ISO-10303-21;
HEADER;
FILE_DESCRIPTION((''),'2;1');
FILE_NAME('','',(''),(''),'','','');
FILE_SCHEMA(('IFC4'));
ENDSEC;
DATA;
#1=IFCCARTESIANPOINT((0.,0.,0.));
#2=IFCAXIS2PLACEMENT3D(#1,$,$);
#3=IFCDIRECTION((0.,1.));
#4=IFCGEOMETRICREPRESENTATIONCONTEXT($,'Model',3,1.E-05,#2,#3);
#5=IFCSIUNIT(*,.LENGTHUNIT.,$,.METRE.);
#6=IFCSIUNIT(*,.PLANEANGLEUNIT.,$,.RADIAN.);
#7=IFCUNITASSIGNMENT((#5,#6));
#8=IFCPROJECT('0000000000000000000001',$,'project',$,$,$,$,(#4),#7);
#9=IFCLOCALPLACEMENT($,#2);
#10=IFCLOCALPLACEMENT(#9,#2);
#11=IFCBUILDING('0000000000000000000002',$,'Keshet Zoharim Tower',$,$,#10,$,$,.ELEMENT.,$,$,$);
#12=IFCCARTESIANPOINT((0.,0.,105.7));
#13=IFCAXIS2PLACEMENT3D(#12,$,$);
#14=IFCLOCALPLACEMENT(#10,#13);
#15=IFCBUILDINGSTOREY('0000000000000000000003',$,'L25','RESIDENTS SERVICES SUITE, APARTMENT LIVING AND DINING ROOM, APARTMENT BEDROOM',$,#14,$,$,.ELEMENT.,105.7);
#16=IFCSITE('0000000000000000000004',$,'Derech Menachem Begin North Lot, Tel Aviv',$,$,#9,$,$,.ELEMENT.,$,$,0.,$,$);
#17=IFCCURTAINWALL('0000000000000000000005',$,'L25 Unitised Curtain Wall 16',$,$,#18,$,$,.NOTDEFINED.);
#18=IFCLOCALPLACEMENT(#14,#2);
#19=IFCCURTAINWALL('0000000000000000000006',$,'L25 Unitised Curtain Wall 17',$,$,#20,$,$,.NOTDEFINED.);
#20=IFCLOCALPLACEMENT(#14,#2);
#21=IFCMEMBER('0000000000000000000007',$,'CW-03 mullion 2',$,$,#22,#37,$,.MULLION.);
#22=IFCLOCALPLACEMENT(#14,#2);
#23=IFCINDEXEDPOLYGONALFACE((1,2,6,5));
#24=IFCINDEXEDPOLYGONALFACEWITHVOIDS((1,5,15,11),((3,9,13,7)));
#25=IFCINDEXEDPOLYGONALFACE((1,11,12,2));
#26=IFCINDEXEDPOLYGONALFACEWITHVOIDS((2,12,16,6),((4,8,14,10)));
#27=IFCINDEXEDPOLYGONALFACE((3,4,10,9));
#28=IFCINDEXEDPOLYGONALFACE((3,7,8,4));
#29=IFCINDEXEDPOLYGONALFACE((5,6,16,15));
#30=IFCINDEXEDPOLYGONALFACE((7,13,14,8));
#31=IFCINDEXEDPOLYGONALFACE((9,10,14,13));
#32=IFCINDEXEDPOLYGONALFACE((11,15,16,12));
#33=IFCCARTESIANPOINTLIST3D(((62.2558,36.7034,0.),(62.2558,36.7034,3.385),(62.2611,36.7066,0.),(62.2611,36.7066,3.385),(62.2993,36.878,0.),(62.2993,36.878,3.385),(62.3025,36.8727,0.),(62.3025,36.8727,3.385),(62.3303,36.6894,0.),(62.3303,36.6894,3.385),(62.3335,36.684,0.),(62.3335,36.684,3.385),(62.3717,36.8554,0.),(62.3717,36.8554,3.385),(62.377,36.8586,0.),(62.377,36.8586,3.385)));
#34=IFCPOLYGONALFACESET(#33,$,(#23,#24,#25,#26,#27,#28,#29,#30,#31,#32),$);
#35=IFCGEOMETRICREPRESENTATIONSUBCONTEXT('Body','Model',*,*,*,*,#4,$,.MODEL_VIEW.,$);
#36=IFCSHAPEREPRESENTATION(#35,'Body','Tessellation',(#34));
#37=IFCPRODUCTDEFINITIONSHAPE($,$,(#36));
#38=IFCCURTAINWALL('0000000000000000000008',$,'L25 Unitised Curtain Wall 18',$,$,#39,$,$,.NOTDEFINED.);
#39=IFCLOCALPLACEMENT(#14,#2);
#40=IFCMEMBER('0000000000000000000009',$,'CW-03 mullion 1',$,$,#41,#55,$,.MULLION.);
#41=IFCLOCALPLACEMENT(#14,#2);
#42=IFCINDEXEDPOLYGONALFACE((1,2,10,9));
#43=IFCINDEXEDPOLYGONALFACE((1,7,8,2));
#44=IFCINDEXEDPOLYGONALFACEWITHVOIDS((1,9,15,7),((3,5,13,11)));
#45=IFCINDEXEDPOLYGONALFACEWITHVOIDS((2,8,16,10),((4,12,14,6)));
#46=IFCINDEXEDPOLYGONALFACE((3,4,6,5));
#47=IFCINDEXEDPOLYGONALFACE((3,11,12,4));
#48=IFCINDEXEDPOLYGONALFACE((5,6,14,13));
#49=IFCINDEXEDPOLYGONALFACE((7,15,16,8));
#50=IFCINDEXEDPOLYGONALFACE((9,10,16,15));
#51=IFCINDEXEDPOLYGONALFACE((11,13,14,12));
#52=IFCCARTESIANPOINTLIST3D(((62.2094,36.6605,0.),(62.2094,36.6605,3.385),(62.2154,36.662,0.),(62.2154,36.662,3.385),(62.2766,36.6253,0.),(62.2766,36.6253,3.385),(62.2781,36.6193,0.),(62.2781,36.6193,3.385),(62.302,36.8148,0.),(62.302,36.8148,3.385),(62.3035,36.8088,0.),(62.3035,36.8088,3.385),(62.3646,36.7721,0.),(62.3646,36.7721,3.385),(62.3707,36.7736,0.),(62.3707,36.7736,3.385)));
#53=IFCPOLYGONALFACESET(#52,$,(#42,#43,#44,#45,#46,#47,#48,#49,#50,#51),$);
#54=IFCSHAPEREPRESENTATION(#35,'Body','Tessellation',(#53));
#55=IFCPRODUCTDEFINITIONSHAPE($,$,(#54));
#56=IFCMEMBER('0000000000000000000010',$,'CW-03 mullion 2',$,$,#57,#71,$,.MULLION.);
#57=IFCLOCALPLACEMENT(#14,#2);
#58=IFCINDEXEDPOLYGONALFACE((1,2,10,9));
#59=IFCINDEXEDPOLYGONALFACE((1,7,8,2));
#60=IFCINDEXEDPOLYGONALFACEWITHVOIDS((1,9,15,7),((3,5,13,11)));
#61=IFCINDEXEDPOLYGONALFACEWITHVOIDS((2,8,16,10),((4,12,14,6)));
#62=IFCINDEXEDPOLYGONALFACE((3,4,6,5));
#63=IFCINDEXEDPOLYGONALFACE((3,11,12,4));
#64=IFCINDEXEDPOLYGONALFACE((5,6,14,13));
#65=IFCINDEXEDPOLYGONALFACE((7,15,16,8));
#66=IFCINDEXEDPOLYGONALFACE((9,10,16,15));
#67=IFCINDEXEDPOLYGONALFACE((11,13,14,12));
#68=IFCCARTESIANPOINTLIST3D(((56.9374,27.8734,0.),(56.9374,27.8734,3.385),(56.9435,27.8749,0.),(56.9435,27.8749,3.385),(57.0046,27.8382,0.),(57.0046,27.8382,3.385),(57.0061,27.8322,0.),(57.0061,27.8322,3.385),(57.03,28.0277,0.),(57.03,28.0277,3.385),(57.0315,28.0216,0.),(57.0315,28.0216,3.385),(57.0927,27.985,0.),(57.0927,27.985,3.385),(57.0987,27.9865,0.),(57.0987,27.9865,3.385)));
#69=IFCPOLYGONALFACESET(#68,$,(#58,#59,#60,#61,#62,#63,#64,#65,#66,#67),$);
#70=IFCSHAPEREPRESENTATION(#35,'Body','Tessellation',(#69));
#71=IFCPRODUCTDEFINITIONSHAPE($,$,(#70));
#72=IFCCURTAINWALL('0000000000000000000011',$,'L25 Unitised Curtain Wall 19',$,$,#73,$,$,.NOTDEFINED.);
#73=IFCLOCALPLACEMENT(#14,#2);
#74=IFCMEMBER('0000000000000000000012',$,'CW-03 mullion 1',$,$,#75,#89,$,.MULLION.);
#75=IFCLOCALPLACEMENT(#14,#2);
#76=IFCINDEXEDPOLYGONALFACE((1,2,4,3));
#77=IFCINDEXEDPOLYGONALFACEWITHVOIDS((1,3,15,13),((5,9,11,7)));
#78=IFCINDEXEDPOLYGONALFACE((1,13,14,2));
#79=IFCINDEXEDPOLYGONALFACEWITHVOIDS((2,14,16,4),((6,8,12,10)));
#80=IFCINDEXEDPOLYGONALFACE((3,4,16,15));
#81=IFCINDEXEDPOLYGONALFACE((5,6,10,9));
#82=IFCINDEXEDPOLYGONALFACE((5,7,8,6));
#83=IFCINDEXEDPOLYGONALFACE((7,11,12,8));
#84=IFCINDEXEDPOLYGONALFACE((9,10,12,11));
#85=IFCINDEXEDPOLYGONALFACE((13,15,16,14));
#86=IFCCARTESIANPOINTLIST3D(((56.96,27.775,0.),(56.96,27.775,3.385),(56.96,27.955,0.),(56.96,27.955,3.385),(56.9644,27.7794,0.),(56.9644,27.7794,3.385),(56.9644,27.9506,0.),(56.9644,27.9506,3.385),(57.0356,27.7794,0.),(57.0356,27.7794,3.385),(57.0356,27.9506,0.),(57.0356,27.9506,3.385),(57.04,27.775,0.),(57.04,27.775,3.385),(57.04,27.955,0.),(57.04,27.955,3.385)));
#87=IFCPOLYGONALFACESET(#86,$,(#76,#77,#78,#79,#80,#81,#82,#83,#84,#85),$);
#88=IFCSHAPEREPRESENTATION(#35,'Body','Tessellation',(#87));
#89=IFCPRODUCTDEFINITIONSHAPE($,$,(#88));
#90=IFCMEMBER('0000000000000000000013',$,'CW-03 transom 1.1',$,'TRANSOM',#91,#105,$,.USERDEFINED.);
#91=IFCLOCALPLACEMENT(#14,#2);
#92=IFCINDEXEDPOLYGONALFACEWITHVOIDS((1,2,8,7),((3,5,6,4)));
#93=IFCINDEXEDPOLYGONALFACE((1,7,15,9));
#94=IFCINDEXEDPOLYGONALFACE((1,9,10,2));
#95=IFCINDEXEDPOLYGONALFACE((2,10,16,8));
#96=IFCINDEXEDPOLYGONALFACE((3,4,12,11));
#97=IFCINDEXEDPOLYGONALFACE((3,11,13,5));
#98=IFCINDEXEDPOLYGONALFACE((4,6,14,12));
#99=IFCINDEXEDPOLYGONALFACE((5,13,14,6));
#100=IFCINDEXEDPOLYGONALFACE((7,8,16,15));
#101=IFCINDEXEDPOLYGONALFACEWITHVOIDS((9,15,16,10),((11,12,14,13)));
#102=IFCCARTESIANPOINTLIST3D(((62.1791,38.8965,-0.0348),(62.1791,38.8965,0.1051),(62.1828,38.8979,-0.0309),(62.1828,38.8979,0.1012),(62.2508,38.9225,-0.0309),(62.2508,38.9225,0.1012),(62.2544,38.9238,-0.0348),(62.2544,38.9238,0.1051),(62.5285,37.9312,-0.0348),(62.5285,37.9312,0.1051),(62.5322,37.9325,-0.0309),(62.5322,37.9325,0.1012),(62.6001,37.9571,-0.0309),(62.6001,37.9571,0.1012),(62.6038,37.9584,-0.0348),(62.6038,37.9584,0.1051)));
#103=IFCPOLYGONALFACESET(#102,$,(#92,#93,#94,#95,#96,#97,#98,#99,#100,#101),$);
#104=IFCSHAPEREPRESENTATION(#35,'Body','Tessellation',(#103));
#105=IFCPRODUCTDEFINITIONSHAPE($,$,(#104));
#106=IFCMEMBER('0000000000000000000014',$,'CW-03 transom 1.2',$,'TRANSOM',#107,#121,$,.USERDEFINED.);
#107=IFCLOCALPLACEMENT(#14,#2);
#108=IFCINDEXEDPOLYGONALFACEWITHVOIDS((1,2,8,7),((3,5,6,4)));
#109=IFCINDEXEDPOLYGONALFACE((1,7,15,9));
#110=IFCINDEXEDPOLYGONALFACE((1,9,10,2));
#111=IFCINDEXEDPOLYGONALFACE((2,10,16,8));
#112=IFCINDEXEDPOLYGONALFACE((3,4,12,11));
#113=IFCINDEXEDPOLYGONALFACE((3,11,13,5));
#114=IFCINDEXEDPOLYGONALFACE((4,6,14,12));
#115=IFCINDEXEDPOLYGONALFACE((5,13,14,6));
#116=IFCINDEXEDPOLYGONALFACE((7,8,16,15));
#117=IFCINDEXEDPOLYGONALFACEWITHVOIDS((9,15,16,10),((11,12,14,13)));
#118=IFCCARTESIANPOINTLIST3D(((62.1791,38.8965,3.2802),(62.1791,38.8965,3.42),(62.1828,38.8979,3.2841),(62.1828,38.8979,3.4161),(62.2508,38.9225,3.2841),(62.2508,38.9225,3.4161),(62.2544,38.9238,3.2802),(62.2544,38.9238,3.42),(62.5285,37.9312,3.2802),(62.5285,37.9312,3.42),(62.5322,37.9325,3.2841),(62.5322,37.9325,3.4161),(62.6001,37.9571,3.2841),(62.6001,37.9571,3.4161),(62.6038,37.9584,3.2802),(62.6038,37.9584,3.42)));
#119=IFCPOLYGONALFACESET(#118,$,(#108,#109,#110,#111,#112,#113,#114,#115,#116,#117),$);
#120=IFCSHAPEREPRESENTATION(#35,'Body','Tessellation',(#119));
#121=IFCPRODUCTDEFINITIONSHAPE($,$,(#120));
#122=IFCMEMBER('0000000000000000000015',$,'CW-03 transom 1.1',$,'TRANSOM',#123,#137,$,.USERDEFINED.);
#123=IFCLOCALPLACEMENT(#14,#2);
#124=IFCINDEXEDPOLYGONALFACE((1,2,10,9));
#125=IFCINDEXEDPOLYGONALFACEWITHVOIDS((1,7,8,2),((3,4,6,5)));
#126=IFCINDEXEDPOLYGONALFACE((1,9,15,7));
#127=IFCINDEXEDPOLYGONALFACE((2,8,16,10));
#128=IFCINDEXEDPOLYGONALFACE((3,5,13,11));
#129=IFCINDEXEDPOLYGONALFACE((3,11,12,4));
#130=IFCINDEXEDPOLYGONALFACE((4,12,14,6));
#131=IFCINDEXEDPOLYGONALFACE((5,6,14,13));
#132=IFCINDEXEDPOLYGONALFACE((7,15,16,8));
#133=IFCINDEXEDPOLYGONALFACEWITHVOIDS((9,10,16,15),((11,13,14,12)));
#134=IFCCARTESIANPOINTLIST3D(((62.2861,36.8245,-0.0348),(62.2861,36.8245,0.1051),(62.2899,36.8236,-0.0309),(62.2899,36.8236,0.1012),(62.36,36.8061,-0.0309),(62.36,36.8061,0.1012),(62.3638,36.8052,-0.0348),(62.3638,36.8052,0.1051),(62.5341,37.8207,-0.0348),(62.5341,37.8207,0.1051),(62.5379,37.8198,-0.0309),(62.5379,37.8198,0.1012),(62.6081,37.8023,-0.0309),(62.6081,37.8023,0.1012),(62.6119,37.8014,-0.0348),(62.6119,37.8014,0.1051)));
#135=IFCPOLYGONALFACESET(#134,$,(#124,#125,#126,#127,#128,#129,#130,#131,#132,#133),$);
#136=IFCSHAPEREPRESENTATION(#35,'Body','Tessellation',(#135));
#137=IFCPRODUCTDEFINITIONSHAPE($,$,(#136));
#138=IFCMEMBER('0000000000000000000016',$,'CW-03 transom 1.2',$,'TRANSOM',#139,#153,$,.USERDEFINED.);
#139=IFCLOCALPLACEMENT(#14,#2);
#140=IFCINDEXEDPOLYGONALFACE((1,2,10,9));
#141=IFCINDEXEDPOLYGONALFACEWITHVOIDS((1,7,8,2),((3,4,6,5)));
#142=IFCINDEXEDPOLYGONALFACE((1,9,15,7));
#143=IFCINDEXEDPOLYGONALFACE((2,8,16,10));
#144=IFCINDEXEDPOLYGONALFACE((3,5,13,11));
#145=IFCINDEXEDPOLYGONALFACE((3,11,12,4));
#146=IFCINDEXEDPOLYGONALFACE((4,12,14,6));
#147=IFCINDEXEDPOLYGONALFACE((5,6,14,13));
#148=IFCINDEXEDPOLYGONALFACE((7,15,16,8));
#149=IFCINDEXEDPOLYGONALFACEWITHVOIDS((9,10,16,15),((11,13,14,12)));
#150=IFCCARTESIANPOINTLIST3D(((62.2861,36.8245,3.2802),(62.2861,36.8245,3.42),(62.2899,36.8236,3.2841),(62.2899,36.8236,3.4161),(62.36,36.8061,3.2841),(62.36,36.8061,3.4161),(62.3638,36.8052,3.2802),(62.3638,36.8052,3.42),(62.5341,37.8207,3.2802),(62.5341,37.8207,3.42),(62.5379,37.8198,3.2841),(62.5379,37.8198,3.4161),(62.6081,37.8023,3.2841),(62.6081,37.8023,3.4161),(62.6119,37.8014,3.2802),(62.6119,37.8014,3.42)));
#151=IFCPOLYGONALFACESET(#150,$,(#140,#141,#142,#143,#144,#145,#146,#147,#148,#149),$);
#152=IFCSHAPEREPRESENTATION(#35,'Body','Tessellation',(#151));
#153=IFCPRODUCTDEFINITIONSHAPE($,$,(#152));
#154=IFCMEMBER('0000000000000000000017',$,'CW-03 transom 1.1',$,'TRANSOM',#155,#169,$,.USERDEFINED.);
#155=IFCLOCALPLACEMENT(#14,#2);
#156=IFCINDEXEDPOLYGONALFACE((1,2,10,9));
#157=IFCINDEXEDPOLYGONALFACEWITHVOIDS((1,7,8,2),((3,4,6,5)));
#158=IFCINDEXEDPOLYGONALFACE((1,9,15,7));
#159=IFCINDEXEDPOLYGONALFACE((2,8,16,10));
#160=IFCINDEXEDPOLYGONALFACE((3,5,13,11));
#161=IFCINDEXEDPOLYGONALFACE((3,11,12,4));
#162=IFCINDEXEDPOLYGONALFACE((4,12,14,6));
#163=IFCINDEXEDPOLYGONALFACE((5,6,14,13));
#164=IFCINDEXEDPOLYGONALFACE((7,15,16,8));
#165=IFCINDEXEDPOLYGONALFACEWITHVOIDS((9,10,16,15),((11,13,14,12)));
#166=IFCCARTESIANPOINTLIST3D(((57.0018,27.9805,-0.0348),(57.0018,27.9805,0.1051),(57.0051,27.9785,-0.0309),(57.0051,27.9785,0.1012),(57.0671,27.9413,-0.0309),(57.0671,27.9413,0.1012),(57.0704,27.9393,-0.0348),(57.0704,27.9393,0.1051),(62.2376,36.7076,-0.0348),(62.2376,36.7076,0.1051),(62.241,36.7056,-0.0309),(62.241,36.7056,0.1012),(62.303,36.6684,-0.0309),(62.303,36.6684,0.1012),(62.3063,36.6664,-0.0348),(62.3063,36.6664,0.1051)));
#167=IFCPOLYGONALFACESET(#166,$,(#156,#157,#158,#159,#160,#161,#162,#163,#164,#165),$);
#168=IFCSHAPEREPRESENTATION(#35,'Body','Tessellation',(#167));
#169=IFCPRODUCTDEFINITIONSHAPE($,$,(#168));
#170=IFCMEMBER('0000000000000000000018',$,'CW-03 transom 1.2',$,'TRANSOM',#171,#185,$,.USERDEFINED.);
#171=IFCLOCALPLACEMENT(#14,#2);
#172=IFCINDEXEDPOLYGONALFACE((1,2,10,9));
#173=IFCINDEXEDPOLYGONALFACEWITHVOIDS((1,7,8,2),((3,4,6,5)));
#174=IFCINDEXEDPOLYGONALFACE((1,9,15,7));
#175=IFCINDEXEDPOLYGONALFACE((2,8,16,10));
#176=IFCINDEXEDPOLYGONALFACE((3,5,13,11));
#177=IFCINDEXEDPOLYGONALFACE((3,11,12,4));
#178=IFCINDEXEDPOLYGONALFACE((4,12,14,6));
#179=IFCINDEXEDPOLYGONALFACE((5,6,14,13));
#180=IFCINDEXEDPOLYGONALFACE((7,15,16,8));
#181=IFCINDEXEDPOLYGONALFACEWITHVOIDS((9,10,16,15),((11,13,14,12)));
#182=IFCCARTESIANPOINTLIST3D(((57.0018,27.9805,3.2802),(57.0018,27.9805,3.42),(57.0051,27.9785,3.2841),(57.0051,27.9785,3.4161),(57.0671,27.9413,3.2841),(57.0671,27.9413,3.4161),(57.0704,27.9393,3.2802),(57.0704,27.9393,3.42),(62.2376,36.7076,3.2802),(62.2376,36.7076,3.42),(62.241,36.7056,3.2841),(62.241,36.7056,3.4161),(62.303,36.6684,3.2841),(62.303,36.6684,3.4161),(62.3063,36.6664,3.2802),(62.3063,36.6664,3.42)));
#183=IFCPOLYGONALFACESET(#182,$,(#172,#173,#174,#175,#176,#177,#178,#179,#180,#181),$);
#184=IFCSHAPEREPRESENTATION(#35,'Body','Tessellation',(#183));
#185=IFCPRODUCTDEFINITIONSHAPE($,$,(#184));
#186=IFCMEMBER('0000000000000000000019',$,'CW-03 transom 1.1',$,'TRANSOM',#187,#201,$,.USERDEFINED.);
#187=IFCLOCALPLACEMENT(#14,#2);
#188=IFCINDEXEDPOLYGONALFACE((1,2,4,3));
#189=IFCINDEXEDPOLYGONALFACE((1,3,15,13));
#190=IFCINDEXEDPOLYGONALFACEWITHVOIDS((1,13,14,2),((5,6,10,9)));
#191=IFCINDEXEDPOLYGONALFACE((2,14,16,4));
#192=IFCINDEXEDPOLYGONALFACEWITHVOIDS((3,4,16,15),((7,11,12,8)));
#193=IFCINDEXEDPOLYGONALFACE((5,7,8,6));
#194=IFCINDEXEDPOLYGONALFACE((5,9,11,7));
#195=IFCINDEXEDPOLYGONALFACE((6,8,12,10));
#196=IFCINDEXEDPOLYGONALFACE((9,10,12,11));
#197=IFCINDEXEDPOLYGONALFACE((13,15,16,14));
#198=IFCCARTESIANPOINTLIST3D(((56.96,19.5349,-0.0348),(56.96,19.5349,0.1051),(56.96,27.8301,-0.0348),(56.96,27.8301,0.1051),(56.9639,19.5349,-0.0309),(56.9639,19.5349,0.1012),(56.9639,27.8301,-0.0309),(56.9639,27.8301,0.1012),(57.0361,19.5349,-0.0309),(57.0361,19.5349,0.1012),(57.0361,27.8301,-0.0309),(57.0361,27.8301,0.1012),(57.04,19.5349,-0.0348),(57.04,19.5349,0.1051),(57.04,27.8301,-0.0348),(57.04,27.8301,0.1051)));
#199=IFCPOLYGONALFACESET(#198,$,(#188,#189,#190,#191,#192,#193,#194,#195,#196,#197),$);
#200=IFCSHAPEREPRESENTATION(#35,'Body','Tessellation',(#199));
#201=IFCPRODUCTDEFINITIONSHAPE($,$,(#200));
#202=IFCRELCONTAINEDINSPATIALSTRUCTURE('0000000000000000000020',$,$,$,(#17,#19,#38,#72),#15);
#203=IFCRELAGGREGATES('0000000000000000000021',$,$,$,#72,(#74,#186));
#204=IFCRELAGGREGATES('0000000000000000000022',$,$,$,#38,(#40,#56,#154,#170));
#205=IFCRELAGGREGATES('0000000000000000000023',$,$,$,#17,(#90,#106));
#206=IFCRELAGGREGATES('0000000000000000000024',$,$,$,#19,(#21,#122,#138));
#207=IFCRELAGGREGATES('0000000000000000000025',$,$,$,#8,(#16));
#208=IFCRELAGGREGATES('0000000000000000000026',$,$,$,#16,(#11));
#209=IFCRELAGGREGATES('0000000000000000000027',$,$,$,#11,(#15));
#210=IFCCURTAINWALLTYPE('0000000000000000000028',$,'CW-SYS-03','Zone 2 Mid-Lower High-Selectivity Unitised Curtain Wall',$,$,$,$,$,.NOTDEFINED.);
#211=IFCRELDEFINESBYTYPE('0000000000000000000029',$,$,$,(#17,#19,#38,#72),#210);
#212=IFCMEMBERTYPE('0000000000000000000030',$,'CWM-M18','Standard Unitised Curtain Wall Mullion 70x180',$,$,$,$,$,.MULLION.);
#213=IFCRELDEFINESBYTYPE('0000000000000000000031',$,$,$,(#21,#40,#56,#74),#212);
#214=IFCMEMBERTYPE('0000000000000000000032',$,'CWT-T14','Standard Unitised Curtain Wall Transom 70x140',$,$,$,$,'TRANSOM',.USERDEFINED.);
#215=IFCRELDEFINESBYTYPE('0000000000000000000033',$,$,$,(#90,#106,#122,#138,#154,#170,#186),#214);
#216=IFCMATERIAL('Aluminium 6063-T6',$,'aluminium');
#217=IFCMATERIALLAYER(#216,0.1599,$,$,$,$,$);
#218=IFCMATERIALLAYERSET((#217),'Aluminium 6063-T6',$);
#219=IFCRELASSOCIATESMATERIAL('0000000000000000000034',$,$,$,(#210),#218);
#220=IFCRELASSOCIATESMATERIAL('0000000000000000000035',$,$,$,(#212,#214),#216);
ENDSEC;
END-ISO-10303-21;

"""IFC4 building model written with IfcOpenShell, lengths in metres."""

from ifc_helpers import new_model, si_unit, direction, frame, origin, origin_2d, place, context, subcontext, project, spatial, hollow_rectangle, extrude, material, layer, layer_set, material_profile, profile_set, type_object, element, aggregate, save


model = new_model("IFC4")

# Units and contexts
model_context = context("Model", 3, precision=1e-05, world=origin(), true_north=direction((0.0, 1.0)))
body_context = subcontext(model_context, "Body", "Model", "MODEL_VIEW")
ifc_project = project(units=[si_unit("LENGTHUNIT", "METRE"), si_unit("PLANEANGLEUNIT", "RADIAN")], contexts=[model_context])

# Site, building, storey
site_placement = place(None, origin())
site = spatial("IfcSite", under=ifc_project, at=site_placement, Name="Derech Menachem Begin North Lot, Tel Aviv", CompositionType="ELEMENT", RefElevation=0.0)
building_placement = place(site_placement, origin())
building = spatial("IfcBuilding", under=site, at=building_placement, Name="Keshet Zoharim Tower", CompositionType="ELEMENT")
storey_placement = place(building_placement, frame((0.0, 0.0, 105.7)))
storey = spatial("IfcBuildingStorey", under=building, at=storey_placement, Name="L25", Description="RESIDENTS SERVICES SUITE, APARTMENT LIVING AND DINING ROOM, APARTMENT BEDROOM", CompositionType="ELEMENT", Elevation=105.7)

# Shared definitions
ifc_material_1 = material(Name="Aluminium 6063-T6", Category="aluminium")
ifc_layer_1 = layer(ifc_material_1, 0.1599)
ifc_layer_set_1 = layer_set([ifc_layer_1], Name="Aluminium 6063-T6")
curtain_wall_type = type_object("IfcCurtainWallType", Name="CW-SYS-03", Description="Zone 2 Mid-Lower High-Selectivity Unitised Curtain Wall", PredefinedType="NOTDEFINED", material=ifc_layer_set_1)
ifc_material_profile_1 = material_profile(ifc_material_1, hollow_rectangle(XDim=0.0801, YDim=0.1799, WallThickness=0.0044, at=origin_2d()), Name="MUL-80x180")
ifc_profile_set_1 = profile_set([ifc_material_profile_1], Name="Aluminium 6063-T6")
member_type_1 = type_object("IfcMemberType", Name="CWM-M18", Description="Standard Unitised Curtain Wall Mullion 70x180", PredefinedType="MULLION", material=ifc_profile_set_1)

# Curtain walls, members
curtain_wall_1_placement = place(storey_placement, origin())
curtain_wall_1 = element("IfcCurtainWall", 1, at=curtain_wall_1_placement, inside=storey, type_object=curtain_wall_type, Name="L25 Unitised Curtain Wall 16", PredefinedType="NOTDEFINED")
curtain_wall_2_placement = place(storey_placement, origin())
curtain_wall_2 = element("IfcCurtainWall", 2, at=curtain_wall_2_placement, inside=storey, type_object=curtain_wall_type, Name="L25 Unitised Curtain Wall 17", PredefinedType="NOTDEFINED")
member_1_placement = place(storey_placement, frame((62.3164, 36.781, 0.0), z_axis=(0.0, 0.0, 1.0), x_axis=(0.970344, -0.241729, 0.0)))
member_1 = element("IfcMember", 3, at=member_1_placement, type_object=member_type_1, Name="CW-03 mullion 2", PredefinedType="MULLION", context=body_context, shape_type="SweptSolid", body=[
    extrude(hollow_rectangle(XDim=0.0801, YDim=0.1799, WallThickness=0.0044, at=origin_2d()), origin(), (0.0, 0.0, 1.0), 3.385),
])
curtain_wall_3_placement = place(storey_placement, origin())
curtain_wall_3 = element("IfcCurtainWall", 4, at=curtain_wall_3_placement, inside=storey, type_object=curtain_wall_type, Name="L25 Unitised Curtain Wall 18", PredefinedType="NOTDEFINED")
member_2_placement = place(storey_placement, frame((62.29, 36.717, 0.0), z_axis=(0.0, 0.0, 1.0), x_axis=(0.857501, -0.514482, 0.0)))
member_2 = element("IfcMember", 5, at=member_2_placement, type_object=member_type_1, Name="CW-03 mullion 1", PredefinedType="MULLION", context=body_context, shape_type="SweptSolid", body=[
    extrude(hollow_rectangle(XDim=0.0801, YDim=0.1799, WallThickness=0.0044, at=origin_2d()), origin(), (0.0, 0.0, 1.0), 3.385),
])
member_3_placement = place(storey_placement, frame((57.0181, 27.9299, 0.0), z_axis=(0.0, 0.0, 1.0), x_axis=(0.857501, -0.514482, 0.0)))
member_3 = element("IfcMember", 6, at=member_3_placement, type_object=member_type_1, Name="CW-03 mullion 2", PredefinedType="MULLION", context=body_context, shape_type="SweptSolid", body=[
    extrude(hollow_rectangle(XDim=0.0801, YDim=0.1799, WallThickness=0.0044, at=origin_2d()), origin(), (0.0, 0.0, 1.0), 3.385),
])

# Curtain wall, member
curtain_wall_4_placement = place(storey_placement, origin())
curtain_wall_4 = element("IfcCurtainWall", 7, at=curtain_wall_4_placement, inside=storey, type_object=curtain_wall_type, Name="L25 Unitised Curtain Wall 19", PredefinedType="NOTDEFINED")
member_4_placement = place(storey_placement, frame((57.0, 27.865, 0.0), z_axis=(0.0, 0.0, 1.0), x_axis=(1.0, 0.0, 0.0)))
member_4 = element("IfcMember", 8, at=member_4_placement, type_object=member_type_1, Name="CW-03 mullion 1", PredefinedType="MULLION", context=body_context, shape_type="SweptSolid", body=[
    extrude(hollow_rectangle(XDim=0.0801, YDim=0.1799, WallThickness=0.0044, at=origin_2d()), origin(), (0.0, 0.0, 1.0), 3.385),
])

# Members
ifc_material_profile_2 = material_profile(ifc_material_1, hollow_rectangle(XDim=0.0801, YDim=0.1399, WallThickness=0.0039, at=origin_2d()), Name="TRN-80x140")
ifc_profile_set_2 = profile_set([ifc_material_profile_2], Name="Aluminium 6063-T6")
member_type_2 = type_object("IfcMemberType", Name="CWT-T14", Description="Standard Unitised Curtain Wall Transom 70x140", ElementType="TRANSOM", PredefinedType="USERDEFINED", material=ifc_profile_set_2)
member_5_placement = place(storey_placement, frame((62.2168, 38.9102, 0.0352), z_axis=(0.340311, -0.940313, 0.0), x_axis=(0.940313, 0.340311, 0.0)))
member_5 = element("IfcMember", 9, at=member_5_placement, type_object=member_type_2, Name="CW-03 transom 1.1", ObjectType="TRANSOM", PredefinedType="USERDEFINED", context=body_context, shape_type="SweptSolid", body=[
    extrude(hollow_rectangle(XDim=0.0801, YDim=0.1399, WallThickness=0.0039, at=origin_2d()), origin(), (0.0, 0.0, 1.0), 1.0266),
])
member_6_placement = place(storey_placement, frame((62.2168, 38.9102, 3.3501), z_axis=(0.340311, -0.940313, 0.0), x_axis=(0.940313, 0.340311, 0.0)))
member_6 = element("IfcMember", 10, at=member_6_placement, type_object=member_type_2, Name="CW-03 transom 1.2", ObjectType="TRANSOM", PredefinedType="USERDEFINED", context=body_context, shape_type="SweptSolid", body=[
    extrude(hollow_rectangle(XDim=0.0801, YDim=0.1399, WallThickness=0.0039, at=origin_2d()), origin(), (0.0, 0.0, 1.0), 1.0266),
])
member_7_placement = place(storey_placement, frame((62.573, 37.811, 0.0352), z_axis=(-0.24164, -0.970366, 0.0), x_axis=(0.970366, -0.24164, 0.0)))
member_7 = element("IfcMember", 11, at=member_7_placement, type_object=member_type_2, Name="CW-03 transom 1.1", ObjectType="TRANSOM", PredefinedType="USERDEFINED", context=body_context, shape_type="SweptSolid", body=[
    extrude(hollow_rectangle(XDim=0.0801, YDim=0.1399, WallThickness=0.0039, at=origin_2d()), origin(), (0.0, 0.0, 1.0), 1.0266),
])
member_8_placement = place(storey_placement, frame((62.573, 37.811, 3.3501), z_axis=(-0.24164, -0.970366, 0.0), x_axis=(0.970366, -0.24164, 0.0)))
member_8 = element("IfcMember", 12, at=member_8_placement, type_object=member_type_2, Name="CW-03 transom 1.2", ObjectType="TRANSOM", PredefinedType="USERDEFINED", context=body_context, shape_type="SweptSolid", body=[
    extrude(hollow_rectangle(XDim=0.0801, YDim=0.1399, WallThickness=0.0039, at=origin_2d()), origin(), (0.0, 0.0, 1.0), 1.0266),
])
member_9_placement = place(storey_placement, frame((62.272, 36.687, 0.0352), z_axis=(-0.514468, -0.85751, 0.0), x_axis=(0.85751, -0.514468, 0.0)))
member_9 = element("IfcMember", 13, at=member_9_placement, type_object=member_type_2, Name="CW-03 transom 1.1", ObjectType="TRANSOM", PredefinedType="USERDEFINED", context=body_context, shape_type="SweptSolid", body=[
    extrude(hollow_rectangle(XDim=0.0801, YDim=0.1399, WallThickness=0.0039, at=origin_2d()), origin(), (0.0, 0.0, 1.0), 10.1772),
])
member_10_placement = place(storey_placement, frame((62.272, 36.687, 3.3501), z_axis=(-0.514468, -0.85751, 0.0), x_axis=(0.85751, -0.514468, 0.0)))
member_10 = element("IfcMember", 14, at=member_10_placement, type_object=member_type_2, Name="CW-03 transom 1.2", ObjectType="TRANSOM", PredefinedType="USERDEFINED", context=body_context, shape_type="SweptSolid", body=[
    extrude(hollow_rectangle(XDim=0.0801, YDim=0.1399, WallThickness=0.0039, at=origin_2d()), origin(), (0.0, 0.0, 1.0), 10.1772),
])
member_11_placement = place(storey_placement, frame((57.0, 27.8301, 0.0352), z_axis=(0.0, -1.0, 0.0), x_axis=(1.0, 0.0, 0.0)))
member_11 = element("IfcMember", 15, at=member_11_placement, type_object=member_type_2, Name="CW-03 transom 1.1", ObjectType="TRANSOM", PredefinedType="USERDEFINED", context=body_context, shape_type="SweptSolid", body=[
    extrude(hollow_rectangle(XDim=0.0801, YDim=0.1399, WallThickness=0.0039, at=origin_2d()), origin(), (0.0, 0.0, 1.0), 8.2952),
])
aggregate(curtain_wall_4, [member_4, member_11])

aggregate(curtain_wall_3, [member_2, member_3, member_9, member_10])
aggregate(curtain_wall_1, [member_5, member_6])
aggregate(curtain_wall_2, [member_1, member_7, member_8])

save(model, "model.ifc")
